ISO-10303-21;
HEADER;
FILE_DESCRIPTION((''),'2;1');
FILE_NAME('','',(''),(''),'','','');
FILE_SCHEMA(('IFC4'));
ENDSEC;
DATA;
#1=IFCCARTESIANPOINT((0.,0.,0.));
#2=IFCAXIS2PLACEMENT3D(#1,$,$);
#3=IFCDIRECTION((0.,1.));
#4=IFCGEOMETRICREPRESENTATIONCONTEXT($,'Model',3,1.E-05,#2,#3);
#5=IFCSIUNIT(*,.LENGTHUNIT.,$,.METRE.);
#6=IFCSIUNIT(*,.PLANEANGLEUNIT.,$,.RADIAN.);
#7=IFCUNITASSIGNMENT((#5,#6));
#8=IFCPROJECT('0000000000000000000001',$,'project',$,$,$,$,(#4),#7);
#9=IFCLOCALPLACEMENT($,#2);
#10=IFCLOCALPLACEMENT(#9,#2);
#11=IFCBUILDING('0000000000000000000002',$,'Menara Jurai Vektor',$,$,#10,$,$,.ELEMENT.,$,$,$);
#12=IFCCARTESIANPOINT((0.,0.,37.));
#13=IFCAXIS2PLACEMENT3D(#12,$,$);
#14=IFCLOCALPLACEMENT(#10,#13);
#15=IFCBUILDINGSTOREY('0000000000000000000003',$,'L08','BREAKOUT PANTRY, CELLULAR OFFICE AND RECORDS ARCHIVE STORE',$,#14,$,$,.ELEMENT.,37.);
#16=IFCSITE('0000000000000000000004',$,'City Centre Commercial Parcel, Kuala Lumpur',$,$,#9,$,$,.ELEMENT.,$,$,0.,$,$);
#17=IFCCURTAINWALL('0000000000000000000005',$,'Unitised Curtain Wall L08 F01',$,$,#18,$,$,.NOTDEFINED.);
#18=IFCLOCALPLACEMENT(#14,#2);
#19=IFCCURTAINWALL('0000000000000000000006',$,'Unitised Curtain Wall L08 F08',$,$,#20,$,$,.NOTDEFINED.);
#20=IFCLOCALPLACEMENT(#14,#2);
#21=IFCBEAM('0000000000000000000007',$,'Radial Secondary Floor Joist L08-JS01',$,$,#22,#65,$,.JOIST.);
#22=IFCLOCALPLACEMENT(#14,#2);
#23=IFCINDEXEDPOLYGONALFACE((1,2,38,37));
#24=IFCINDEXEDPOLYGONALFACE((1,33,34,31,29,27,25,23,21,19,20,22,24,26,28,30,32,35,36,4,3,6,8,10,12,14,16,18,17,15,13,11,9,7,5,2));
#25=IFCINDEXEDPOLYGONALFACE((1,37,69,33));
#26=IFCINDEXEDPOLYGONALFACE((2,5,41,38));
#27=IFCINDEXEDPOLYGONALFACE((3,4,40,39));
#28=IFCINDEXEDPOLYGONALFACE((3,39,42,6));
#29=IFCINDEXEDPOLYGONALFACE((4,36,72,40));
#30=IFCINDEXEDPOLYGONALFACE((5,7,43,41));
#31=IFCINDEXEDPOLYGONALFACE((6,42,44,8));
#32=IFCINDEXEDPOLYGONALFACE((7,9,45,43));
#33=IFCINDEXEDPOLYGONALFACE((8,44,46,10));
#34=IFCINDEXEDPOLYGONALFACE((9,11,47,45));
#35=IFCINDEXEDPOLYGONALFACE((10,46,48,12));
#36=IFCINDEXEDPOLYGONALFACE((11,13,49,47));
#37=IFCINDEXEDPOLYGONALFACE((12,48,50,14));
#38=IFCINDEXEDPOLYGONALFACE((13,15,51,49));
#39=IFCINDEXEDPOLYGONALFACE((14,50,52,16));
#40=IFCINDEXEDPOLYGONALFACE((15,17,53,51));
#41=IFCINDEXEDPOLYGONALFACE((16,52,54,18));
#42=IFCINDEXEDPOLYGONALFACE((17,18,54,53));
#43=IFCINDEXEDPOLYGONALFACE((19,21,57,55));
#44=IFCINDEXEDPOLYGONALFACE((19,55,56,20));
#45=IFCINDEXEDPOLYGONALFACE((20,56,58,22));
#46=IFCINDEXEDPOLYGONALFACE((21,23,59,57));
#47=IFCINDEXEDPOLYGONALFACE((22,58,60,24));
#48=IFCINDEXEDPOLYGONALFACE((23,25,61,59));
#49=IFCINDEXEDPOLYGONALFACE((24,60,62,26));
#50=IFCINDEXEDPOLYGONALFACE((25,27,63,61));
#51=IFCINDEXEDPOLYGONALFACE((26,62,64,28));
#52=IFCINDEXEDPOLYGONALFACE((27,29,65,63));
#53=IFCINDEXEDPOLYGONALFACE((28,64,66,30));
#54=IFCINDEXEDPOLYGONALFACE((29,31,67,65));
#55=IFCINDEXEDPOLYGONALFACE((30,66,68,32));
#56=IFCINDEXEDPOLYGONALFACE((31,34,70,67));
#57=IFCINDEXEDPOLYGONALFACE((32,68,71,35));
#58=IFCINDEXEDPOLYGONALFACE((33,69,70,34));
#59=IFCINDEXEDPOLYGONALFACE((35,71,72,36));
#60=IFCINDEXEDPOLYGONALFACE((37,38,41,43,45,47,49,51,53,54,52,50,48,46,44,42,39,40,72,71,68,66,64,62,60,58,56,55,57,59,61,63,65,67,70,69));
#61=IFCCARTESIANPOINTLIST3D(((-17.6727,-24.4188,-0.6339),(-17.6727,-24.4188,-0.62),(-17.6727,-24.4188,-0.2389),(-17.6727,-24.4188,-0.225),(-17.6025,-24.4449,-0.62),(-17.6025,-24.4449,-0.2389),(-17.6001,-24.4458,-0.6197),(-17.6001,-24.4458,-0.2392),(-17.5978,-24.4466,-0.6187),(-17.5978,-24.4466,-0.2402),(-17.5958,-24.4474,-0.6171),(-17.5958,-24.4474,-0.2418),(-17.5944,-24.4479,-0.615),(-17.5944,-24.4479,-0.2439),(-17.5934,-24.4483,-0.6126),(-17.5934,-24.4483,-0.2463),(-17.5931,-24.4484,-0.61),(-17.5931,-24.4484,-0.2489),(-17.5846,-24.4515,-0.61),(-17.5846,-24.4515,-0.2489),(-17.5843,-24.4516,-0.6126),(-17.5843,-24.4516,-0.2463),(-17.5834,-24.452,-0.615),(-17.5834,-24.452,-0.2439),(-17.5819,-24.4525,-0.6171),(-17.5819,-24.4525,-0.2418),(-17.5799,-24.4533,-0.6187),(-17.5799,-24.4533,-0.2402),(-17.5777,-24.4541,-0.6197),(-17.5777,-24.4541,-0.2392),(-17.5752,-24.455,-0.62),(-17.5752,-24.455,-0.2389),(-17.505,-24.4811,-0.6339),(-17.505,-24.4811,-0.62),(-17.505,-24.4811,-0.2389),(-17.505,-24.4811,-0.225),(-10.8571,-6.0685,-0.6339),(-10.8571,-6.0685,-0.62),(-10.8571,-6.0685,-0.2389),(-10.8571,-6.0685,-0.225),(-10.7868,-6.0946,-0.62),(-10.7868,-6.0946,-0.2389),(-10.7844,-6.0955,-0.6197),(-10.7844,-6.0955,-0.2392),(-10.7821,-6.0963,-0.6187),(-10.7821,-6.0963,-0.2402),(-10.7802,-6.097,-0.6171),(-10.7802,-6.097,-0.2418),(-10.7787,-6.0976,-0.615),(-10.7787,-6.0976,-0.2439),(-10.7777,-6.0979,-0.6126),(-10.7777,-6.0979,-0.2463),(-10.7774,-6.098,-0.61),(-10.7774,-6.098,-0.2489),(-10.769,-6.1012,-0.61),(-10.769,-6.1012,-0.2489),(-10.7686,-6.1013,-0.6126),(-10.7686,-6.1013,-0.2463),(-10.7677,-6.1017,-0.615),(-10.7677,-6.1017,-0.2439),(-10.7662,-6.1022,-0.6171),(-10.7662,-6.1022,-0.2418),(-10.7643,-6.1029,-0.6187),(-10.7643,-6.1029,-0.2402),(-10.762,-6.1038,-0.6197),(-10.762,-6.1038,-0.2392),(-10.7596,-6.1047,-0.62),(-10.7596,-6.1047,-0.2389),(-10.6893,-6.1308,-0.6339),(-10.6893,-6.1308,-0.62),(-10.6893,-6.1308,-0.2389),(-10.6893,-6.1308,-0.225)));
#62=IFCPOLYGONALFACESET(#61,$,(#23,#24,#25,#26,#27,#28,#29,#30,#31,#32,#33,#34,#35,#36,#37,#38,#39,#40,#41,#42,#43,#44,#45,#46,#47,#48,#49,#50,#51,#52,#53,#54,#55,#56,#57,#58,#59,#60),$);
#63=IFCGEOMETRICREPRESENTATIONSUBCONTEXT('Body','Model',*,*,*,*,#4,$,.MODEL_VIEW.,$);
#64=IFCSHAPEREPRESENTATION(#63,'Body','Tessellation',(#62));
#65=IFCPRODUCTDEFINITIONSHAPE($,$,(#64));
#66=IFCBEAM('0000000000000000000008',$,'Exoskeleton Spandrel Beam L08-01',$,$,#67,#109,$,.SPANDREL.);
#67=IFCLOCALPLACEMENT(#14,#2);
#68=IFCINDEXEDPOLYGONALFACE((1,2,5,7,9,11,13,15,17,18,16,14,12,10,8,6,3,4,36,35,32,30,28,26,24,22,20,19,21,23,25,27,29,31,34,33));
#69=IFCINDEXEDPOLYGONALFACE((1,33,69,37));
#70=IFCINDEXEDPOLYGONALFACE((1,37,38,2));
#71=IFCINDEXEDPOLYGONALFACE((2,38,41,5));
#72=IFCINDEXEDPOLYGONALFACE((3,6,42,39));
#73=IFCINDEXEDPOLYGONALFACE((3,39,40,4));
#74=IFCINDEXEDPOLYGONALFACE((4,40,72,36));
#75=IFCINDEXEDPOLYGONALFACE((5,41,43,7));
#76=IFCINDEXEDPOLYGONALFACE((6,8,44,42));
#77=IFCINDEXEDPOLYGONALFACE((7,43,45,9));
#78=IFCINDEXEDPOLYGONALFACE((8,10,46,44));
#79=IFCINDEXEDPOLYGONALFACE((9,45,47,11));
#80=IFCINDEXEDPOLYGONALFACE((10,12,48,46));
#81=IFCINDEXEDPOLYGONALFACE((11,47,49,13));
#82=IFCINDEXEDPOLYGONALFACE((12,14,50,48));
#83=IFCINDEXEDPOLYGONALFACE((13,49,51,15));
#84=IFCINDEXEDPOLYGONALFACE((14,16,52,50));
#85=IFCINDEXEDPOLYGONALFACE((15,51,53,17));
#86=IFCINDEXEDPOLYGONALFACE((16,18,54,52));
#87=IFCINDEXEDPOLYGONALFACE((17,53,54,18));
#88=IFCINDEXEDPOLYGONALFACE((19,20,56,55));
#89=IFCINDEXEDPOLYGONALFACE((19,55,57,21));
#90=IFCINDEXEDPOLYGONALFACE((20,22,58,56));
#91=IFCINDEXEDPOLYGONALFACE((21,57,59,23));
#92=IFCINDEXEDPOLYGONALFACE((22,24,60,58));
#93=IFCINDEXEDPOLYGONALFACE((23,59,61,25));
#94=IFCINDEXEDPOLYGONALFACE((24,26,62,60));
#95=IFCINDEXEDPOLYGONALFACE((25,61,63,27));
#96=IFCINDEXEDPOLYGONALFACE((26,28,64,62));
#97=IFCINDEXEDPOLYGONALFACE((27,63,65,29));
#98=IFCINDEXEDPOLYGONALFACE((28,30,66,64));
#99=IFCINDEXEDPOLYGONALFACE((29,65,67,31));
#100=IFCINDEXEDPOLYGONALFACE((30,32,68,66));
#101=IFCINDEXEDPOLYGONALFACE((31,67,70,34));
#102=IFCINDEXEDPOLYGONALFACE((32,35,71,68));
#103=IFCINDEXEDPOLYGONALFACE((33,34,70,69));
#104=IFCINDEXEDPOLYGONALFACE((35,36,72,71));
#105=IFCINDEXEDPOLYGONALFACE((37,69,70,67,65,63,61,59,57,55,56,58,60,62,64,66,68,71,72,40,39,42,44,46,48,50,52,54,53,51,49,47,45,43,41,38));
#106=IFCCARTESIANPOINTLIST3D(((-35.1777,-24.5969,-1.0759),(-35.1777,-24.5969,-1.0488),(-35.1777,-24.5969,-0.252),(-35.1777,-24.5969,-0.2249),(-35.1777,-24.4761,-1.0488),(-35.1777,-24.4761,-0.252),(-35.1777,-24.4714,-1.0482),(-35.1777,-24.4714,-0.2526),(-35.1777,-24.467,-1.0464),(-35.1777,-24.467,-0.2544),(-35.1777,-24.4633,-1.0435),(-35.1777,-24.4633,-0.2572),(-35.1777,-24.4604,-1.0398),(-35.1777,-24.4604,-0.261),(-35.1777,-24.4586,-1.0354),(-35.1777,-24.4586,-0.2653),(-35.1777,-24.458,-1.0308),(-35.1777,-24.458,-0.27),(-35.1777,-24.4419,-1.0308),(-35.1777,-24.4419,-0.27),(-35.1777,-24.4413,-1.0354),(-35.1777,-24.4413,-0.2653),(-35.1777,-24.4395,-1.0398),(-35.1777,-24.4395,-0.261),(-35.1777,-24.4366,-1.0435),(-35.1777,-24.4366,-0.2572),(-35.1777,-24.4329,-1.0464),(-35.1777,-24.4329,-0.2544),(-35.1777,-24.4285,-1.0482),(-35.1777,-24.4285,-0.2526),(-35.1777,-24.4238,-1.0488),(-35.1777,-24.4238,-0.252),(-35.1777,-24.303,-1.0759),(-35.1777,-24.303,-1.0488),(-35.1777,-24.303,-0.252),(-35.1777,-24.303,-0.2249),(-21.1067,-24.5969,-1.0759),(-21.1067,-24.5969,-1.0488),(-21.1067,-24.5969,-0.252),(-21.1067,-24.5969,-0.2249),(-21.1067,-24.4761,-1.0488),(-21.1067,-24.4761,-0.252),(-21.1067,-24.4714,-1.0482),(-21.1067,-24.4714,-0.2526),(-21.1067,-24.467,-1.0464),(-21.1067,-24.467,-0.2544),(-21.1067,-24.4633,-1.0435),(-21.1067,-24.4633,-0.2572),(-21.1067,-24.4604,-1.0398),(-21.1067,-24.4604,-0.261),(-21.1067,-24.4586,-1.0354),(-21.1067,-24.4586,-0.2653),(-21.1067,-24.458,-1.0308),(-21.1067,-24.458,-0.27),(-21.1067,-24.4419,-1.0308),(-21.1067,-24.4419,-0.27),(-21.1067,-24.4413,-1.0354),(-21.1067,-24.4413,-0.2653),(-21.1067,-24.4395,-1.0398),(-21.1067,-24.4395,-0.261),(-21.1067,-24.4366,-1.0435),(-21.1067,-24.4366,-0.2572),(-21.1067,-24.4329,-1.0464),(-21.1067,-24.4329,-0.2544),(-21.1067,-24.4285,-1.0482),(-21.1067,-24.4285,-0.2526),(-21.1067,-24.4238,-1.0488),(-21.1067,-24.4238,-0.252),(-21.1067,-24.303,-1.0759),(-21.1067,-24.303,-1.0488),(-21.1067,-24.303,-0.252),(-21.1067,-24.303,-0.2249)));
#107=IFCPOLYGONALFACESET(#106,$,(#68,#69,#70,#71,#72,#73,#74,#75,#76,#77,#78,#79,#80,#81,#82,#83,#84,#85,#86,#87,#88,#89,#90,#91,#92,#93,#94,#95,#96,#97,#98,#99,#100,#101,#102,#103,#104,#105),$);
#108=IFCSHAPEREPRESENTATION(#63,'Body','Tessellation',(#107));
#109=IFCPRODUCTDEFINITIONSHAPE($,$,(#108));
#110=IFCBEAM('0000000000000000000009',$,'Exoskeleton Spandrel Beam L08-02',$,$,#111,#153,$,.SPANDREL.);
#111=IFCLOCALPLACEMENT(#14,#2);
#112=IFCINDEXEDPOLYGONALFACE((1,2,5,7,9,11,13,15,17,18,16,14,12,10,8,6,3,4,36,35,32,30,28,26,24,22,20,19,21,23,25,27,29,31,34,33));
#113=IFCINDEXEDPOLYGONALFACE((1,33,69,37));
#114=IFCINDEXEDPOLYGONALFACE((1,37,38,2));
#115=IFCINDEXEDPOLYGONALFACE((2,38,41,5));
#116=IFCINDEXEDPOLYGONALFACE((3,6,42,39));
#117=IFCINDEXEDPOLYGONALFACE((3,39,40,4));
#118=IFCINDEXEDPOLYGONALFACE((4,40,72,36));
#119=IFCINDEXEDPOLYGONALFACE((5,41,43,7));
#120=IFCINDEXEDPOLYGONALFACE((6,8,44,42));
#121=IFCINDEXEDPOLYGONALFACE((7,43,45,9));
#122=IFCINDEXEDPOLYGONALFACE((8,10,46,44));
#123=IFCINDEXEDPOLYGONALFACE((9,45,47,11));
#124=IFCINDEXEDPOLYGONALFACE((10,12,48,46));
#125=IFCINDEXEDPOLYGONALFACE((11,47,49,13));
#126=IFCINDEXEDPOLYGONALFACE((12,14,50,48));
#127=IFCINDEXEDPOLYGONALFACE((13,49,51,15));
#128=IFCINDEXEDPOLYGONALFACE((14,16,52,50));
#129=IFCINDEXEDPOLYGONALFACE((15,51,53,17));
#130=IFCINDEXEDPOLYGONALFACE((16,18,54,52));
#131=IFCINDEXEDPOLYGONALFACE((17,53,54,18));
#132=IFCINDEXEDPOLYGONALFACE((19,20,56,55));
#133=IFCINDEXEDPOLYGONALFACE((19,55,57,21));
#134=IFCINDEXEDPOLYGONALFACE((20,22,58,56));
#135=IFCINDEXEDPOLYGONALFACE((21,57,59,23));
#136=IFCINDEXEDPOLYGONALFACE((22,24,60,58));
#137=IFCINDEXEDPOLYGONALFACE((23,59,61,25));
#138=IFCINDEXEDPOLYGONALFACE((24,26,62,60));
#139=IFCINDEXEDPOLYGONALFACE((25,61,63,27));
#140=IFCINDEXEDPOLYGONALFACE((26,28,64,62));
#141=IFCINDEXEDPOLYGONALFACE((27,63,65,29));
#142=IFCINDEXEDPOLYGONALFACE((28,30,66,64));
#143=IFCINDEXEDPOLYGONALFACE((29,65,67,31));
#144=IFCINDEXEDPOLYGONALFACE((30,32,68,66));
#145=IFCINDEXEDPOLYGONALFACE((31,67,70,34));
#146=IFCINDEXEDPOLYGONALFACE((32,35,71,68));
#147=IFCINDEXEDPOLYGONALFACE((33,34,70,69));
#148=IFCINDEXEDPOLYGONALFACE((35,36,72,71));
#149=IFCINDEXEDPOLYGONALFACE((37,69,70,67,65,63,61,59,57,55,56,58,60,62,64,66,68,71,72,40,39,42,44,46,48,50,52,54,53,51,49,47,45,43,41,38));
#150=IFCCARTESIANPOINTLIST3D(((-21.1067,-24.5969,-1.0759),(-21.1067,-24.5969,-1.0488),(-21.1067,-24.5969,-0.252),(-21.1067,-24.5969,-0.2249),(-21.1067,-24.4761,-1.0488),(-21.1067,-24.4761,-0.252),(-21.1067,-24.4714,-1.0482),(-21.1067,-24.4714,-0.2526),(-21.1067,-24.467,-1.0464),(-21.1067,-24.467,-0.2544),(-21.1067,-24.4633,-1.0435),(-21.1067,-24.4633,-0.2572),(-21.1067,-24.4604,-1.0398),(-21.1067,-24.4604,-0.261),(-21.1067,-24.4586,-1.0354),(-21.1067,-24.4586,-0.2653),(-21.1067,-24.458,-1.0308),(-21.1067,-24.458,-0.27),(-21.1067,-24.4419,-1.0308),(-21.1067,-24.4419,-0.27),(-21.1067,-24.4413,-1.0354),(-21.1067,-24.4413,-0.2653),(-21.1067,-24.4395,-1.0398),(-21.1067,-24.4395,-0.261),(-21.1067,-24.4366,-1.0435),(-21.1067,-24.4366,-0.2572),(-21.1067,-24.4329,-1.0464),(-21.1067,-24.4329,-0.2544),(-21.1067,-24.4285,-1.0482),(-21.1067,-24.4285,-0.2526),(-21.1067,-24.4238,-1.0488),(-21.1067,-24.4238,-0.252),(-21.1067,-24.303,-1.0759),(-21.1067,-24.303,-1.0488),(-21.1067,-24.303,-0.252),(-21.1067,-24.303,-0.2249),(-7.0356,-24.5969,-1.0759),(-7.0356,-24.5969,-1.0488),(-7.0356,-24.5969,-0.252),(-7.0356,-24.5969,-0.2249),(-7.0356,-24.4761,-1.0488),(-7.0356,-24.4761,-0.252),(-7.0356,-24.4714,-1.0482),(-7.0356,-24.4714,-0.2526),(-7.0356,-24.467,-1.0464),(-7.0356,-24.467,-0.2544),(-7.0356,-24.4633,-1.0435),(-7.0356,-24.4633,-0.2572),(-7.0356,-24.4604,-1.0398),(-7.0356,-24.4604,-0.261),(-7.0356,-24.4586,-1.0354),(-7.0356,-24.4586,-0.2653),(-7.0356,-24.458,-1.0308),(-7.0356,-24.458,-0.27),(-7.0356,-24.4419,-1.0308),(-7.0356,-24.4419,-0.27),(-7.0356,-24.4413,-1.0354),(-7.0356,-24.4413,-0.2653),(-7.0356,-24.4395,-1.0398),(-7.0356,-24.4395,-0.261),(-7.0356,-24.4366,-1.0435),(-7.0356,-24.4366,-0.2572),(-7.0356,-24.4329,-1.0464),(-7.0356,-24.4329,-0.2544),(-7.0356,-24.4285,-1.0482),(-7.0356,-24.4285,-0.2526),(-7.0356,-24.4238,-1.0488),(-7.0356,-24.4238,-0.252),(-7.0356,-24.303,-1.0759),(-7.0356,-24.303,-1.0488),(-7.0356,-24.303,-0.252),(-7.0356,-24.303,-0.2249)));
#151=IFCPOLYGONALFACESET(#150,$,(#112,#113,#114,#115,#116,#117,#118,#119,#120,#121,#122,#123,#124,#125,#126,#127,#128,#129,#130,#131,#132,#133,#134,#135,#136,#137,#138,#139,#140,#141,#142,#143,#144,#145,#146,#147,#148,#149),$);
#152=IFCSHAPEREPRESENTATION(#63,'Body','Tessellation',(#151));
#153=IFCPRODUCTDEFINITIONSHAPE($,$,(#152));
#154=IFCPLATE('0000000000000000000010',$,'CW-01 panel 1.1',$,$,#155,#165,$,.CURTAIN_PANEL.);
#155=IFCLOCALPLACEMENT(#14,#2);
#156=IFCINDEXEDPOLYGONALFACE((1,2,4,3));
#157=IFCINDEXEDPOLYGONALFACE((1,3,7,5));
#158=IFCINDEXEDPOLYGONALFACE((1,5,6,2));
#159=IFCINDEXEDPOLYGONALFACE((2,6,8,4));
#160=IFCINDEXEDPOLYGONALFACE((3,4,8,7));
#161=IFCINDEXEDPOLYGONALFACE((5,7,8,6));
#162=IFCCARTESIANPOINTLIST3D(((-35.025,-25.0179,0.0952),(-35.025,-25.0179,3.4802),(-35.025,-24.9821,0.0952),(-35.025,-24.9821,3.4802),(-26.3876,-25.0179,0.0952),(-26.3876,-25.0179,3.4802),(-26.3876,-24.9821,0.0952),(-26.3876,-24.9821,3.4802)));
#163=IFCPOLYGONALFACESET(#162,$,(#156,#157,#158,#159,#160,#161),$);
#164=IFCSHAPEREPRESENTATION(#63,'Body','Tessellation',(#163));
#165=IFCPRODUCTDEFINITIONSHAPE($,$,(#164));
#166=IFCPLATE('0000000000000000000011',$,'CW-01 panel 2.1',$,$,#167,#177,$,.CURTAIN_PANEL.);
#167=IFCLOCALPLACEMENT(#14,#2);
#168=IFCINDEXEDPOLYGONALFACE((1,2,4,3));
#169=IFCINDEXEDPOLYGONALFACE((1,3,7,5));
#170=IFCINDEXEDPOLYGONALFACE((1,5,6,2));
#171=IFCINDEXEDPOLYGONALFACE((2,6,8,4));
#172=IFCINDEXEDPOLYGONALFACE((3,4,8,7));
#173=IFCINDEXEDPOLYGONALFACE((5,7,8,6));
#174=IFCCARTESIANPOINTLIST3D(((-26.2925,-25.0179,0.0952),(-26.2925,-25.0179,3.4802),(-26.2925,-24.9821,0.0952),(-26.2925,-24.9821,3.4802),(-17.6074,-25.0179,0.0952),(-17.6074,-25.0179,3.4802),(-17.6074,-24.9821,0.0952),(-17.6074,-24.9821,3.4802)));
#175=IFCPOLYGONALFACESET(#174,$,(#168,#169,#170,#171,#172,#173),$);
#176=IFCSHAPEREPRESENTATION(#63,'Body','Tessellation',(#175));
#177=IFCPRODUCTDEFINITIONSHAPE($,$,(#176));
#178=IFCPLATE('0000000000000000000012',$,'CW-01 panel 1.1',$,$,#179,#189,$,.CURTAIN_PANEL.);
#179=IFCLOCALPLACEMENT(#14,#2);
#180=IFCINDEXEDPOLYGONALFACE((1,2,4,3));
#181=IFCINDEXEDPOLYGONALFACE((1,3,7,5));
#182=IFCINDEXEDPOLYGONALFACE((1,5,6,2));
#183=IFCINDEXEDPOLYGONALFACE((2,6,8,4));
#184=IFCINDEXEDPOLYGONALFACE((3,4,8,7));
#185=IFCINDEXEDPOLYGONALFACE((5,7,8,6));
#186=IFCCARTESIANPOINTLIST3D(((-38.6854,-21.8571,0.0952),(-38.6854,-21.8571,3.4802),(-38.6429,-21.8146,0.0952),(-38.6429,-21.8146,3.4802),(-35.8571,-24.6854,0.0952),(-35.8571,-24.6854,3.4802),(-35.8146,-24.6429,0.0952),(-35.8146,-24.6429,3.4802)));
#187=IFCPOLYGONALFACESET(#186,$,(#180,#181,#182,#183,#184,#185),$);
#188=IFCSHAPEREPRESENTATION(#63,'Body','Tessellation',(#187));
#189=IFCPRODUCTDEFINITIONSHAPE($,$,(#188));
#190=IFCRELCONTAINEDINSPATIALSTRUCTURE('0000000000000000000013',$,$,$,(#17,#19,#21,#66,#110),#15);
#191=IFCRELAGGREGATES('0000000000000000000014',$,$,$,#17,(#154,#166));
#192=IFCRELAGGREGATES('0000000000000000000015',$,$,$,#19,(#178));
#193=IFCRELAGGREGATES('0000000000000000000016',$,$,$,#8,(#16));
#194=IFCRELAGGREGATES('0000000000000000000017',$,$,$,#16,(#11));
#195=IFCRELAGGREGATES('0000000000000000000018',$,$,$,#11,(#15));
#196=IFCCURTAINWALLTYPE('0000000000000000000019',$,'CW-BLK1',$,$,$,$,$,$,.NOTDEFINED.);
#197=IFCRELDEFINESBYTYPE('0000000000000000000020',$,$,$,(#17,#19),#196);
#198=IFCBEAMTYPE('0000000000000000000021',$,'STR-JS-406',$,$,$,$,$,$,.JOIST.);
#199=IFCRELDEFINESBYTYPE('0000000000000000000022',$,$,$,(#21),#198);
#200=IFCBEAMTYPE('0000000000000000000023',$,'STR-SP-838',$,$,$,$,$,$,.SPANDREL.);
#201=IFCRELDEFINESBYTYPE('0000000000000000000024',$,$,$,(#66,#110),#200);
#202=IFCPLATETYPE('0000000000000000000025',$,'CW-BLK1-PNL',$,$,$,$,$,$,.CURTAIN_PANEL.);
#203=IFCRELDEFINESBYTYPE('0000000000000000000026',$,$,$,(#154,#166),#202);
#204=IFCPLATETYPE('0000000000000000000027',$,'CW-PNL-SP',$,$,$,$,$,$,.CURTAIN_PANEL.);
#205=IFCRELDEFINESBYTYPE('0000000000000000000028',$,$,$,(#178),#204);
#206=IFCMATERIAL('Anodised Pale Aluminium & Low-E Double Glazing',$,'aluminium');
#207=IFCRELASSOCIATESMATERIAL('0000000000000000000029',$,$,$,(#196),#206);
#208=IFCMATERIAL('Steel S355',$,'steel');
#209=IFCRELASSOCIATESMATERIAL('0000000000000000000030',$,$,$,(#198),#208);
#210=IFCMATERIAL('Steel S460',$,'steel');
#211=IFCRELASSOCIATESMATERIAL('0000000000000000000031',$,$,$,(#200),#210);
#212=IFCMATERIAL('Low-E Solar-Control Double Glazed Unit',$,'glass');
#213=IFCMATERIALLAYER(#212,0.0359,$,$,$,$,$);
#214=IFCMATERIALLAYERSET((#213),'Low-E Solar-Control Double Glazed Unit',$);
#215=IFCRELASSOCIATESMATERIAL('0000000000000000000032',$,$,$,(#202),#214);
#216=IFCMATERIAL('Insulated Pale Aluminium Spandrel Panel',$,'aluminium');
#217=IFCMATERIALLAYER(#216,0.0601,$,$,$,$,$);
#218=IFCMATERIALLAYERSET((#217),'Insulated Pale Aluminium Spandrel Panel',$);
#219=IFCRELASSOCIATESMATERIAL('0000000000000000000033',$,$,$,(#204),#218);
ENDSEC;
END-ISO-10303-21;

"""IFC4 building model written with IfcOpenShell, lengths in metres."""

from ifc_helpers import new_model, si_unit, direction, frame, origin, origin_2d, place, context, subcontext, project, spatial, rectangle, i_section, extrude, material, layer, layer_set, material_profile, profile_set, type_object, element, aggregate, save


model = new_model("IFC4")

# Units and contexts
model_context = context("Model", 3, precision=1e-05, world=origin(), true_north=direction((0.0, 1.0)))
body_context = subcontext(model_context, "Body", "Model", "MODEL_VIEW")
ifc_project = project(units=[si_unit("LENGTHUNIT", "METRE"), si_unit("PLANEANGLEUNIT", "RADIAN")], contexts=[model_context])

# Site, building, storey
site_placement = place(None, origin())
site = spatial("IfcSite", under=ifc_project, at=site_placement, Name="City Centre Commercial Parcel, Kuala Lumpur", CompositionType="ELEMENT", RefElevation=0.0)
building_placement = place(site_placement, origin())
building = spatial("IfcBuilding", under=site, at=building_placement, Name="Menara Jurai Vektor", CompositionType="ELEMENT")
storey_placement = place(building_placement, frame((0.0, 0.0, 37.0)))
storey = spatial("IfcBuildingStorey", under=building, at=storey_placement, Name="L08", Description="BREAKOUT PANTRY, CELLULAR OFFICE AND RECORDS ARCHIVE STORE", CompositionType="ELEMENT", Elevation=37.0)

# Shared definitions
ifc_material_1 = material(Name="Steel S460", Category="steel")

# Curtain walls
ifc_material_2 = material(Name="Anodised Pale Aluminium & Low-E Double Glazing", Category="aluminium")
curtain_wall_type = type_object("IfcCurtainWallType", Name="CW-BLK1", PredefinedType="NOTDEFINED", material=ifc_material_2)
curtain_wall_1_placement = place(storey_placement, origin())
curtain_wall_1 = element("IfcCurtainWall", 1, at=curtain_wall_1_placement, inside=storey, type_object=curtain_wall_type, Name="Unitised Curtain Wall L08 F01", PredefinedType="NOTDEFINED")
curtain_wall_2_placement = place(storey_placement, origin())
curtain_wall_2 = element("IfcCurtainWall", 2, at=curtain_wall_2_placement, inside=storey, type_object=curtain_wall_type, Name="Unitised Curtain Wall L08 F08", PredefinedType="NOTDEFINED")

# Beams
ifc_material_3 = material(Name="Steel S355", Category="steel")
ifc_material_profile_1 = material_profile(ifc_material_3, i_section(OverallWidth=0.179, OverallDepth=0.4089, WebThickness=0.009, FlangeThickness=0.0139, FilletRadius=0.01, at=origin_2d()), Name="UKB 406x178x67")
ifc_profile_set_1 = profile_set([ifc_material_profile_1], Name="Steel S355")
beam_type_1 = type_object("IfcBeamType", Name="STR-JS-406", PredefinedType="JOIST", material=ifc_profile_set_1)
beam_1_placement = place(storey_placement, frame((-17.5889, -24.45, -0.4294), z_axis=(0.348179, 0.937428, 0.0), x_axis=(-0.937428, 0.348179, 0.0)))
element("IfcBeam", 3, at=beam_1_placement, inside=storey, type_object=beam_type_1, Name="Radial Secondary Floor Joist L08-JS01", PredefinedType="JOIST", context=body_context, shape_type="SweptSolid", body=[
    extrude(i_section(OverallWidth=0.179, OverallDepth=0.4089, WebThickness=0.009, FlangeThickness=0.0139, FilletRadius=0.01, at=origin_2d()), origin(), (0.0, 0.0, 1.0), 19.5752),
])
ifc_material_profile_2 = material_profile(ifc_material_1, i_section(OverallWidth=0.2939, OverallDepth=0.8511, WebThickness=0.0161, FlangeThickness=0.0271, FilletRadius=0.0181, at=origin_2d()), Name="UKB 838x292x226")
ifc_profile_set_2 = profile_set([ifc_material_profile_2], Name="Steel S460")
beam_type_2 = type_object("IfcBeamType", Name="STR-SP-838", PredefinedType="SPANDREL", material=ifc_profile_set_2)
for number, where, z_axis, x_axis, name in (
    (4, (-35.1777, -24.45, -0.6504), (1.0, 0.0, 0.0), (0.0, 1.0, 0.0), "Exoskeleton Spandrel Beam L08-01"),
    (5, (-21.1067, -24.45, -0.6504), (1.0, 0.0, 0.0), (0.0, 1.0, 0.0), "Exoskeleton Spandrel Beam L08-02"),
):
    element("IfcBeam", number, at=place(storey_placement, frame(where, z_axis=z_axis, x_axis=x_axis)), inside=storey, type_object=beam_type_2, Name=name, PredefinedType="SPANDREL", context=body_context, shape_type="SweptSolid", body=[
        extrude(i_section(OverallWidth=0.2939, OverallDepth=0.8511, WebThickness=0.0161, FlangeThickness=0.0271, FilletRadius=0.0181, at=origin_2d()), origin(), (0.0, 0.0, 1.0), 14.071),
    ])

# Plates
ifc_material_4 = material(Name="Low-E Solar-Control Double Glazed Unit", Category="glass")
ifc_layer_1 = layer(ifc_material_4, 0.0359)
ifc_layer_set_1 = layer_set([ifc_layer_1], Name="Low-E Solar-Control Double Glazed Unit")
plate_type_1 = type_object("IfcPlateType", Name="CW-BLK1-PNL", PredefinedType="CURTAIN_PANEL", material=ifc_layer_set_1)
plate_1_placement = place(storey_placement, frame((-30.7063, -25.0, 0.0952), z_axis=(0.0, 0.0, 1.0), x_axis=(1.0, 0.0, 0.0)))
plate_1 = element("IfcPlate", 6, at=plate_1_placement, type_object=plate_type_1, Name="CW-01 panel 1.1", PredefinedType="CURTAIN_PANEL", context=body_context, shape_type="SweptSolid", body=[
    extrude(rectangle(XDim=8.6375, YDim=0.0359, at=origin_2d()), origin(), (0.0, 0.0, 1.0), 3.385),
])
plate_2_placement = place(storey_placement, frame((-21.95, -25.0, 0.0952), z_axis=(0.0, 0.0, 1.0), x_axis=(1.0, 0.0, 0.0)))
plate_2 = element("IfcPlate", 7, at=plate_2_placement, type_object=plate_type_1, Name="CW-01 panel 2.1", PredefinedType="CURTAIN_PANEL", context=body_context, shape_type="SweptSolid", body=[
    extrude(rectangle(XDim=8.6851, YDim=0.0359, at=origin_2d()), origin(), (0.0, 0.0, 1.0), 3.385),
])
aggregate(curtain_wall_1, [plate_1, plate_2])
ifc_material_5 = material(Name="Insulated Pale Aluminium Spandrel Panel", Category="aluminium")
ifc_layer_2 = layer(ifc_material_5, 0.0601)
ifc_layer_set_2 = layer_set([ifc_layer_2], Name="Insulated Pale Aluminium Spandrel Panel")
plate_type_2 = type_object("IfcPlateType", Name="CW-PNL-SP", PredefinedType="CURTAIN_PANEL", material=ifc_layer_set_2)
plate_3_placement = place(storey_placement, frame((-37.25, -23.25, 0.0952), z_axis=(0.0, 0.0, 1.0), x_axis=(0.707107, -0.707107, 0.0)))
plate_3 = element("IfcPlate", 8, at=plate_3_placement, type_object=plate_type_2, Name="CW-01 panel 1.1", PredefinedType="CURTAIN_PANEL", context=body_context, shape_type="SweptSolid", body=[
    extrude(rectangle(XDim=3.9998, YDim=0.0601, at=origin_2d()), origin(), (0.0, 0.0, 1.0), 3.385),
])
aggregate(curtain_wall_2, [plate_3])

save(model, "model.ifc")
